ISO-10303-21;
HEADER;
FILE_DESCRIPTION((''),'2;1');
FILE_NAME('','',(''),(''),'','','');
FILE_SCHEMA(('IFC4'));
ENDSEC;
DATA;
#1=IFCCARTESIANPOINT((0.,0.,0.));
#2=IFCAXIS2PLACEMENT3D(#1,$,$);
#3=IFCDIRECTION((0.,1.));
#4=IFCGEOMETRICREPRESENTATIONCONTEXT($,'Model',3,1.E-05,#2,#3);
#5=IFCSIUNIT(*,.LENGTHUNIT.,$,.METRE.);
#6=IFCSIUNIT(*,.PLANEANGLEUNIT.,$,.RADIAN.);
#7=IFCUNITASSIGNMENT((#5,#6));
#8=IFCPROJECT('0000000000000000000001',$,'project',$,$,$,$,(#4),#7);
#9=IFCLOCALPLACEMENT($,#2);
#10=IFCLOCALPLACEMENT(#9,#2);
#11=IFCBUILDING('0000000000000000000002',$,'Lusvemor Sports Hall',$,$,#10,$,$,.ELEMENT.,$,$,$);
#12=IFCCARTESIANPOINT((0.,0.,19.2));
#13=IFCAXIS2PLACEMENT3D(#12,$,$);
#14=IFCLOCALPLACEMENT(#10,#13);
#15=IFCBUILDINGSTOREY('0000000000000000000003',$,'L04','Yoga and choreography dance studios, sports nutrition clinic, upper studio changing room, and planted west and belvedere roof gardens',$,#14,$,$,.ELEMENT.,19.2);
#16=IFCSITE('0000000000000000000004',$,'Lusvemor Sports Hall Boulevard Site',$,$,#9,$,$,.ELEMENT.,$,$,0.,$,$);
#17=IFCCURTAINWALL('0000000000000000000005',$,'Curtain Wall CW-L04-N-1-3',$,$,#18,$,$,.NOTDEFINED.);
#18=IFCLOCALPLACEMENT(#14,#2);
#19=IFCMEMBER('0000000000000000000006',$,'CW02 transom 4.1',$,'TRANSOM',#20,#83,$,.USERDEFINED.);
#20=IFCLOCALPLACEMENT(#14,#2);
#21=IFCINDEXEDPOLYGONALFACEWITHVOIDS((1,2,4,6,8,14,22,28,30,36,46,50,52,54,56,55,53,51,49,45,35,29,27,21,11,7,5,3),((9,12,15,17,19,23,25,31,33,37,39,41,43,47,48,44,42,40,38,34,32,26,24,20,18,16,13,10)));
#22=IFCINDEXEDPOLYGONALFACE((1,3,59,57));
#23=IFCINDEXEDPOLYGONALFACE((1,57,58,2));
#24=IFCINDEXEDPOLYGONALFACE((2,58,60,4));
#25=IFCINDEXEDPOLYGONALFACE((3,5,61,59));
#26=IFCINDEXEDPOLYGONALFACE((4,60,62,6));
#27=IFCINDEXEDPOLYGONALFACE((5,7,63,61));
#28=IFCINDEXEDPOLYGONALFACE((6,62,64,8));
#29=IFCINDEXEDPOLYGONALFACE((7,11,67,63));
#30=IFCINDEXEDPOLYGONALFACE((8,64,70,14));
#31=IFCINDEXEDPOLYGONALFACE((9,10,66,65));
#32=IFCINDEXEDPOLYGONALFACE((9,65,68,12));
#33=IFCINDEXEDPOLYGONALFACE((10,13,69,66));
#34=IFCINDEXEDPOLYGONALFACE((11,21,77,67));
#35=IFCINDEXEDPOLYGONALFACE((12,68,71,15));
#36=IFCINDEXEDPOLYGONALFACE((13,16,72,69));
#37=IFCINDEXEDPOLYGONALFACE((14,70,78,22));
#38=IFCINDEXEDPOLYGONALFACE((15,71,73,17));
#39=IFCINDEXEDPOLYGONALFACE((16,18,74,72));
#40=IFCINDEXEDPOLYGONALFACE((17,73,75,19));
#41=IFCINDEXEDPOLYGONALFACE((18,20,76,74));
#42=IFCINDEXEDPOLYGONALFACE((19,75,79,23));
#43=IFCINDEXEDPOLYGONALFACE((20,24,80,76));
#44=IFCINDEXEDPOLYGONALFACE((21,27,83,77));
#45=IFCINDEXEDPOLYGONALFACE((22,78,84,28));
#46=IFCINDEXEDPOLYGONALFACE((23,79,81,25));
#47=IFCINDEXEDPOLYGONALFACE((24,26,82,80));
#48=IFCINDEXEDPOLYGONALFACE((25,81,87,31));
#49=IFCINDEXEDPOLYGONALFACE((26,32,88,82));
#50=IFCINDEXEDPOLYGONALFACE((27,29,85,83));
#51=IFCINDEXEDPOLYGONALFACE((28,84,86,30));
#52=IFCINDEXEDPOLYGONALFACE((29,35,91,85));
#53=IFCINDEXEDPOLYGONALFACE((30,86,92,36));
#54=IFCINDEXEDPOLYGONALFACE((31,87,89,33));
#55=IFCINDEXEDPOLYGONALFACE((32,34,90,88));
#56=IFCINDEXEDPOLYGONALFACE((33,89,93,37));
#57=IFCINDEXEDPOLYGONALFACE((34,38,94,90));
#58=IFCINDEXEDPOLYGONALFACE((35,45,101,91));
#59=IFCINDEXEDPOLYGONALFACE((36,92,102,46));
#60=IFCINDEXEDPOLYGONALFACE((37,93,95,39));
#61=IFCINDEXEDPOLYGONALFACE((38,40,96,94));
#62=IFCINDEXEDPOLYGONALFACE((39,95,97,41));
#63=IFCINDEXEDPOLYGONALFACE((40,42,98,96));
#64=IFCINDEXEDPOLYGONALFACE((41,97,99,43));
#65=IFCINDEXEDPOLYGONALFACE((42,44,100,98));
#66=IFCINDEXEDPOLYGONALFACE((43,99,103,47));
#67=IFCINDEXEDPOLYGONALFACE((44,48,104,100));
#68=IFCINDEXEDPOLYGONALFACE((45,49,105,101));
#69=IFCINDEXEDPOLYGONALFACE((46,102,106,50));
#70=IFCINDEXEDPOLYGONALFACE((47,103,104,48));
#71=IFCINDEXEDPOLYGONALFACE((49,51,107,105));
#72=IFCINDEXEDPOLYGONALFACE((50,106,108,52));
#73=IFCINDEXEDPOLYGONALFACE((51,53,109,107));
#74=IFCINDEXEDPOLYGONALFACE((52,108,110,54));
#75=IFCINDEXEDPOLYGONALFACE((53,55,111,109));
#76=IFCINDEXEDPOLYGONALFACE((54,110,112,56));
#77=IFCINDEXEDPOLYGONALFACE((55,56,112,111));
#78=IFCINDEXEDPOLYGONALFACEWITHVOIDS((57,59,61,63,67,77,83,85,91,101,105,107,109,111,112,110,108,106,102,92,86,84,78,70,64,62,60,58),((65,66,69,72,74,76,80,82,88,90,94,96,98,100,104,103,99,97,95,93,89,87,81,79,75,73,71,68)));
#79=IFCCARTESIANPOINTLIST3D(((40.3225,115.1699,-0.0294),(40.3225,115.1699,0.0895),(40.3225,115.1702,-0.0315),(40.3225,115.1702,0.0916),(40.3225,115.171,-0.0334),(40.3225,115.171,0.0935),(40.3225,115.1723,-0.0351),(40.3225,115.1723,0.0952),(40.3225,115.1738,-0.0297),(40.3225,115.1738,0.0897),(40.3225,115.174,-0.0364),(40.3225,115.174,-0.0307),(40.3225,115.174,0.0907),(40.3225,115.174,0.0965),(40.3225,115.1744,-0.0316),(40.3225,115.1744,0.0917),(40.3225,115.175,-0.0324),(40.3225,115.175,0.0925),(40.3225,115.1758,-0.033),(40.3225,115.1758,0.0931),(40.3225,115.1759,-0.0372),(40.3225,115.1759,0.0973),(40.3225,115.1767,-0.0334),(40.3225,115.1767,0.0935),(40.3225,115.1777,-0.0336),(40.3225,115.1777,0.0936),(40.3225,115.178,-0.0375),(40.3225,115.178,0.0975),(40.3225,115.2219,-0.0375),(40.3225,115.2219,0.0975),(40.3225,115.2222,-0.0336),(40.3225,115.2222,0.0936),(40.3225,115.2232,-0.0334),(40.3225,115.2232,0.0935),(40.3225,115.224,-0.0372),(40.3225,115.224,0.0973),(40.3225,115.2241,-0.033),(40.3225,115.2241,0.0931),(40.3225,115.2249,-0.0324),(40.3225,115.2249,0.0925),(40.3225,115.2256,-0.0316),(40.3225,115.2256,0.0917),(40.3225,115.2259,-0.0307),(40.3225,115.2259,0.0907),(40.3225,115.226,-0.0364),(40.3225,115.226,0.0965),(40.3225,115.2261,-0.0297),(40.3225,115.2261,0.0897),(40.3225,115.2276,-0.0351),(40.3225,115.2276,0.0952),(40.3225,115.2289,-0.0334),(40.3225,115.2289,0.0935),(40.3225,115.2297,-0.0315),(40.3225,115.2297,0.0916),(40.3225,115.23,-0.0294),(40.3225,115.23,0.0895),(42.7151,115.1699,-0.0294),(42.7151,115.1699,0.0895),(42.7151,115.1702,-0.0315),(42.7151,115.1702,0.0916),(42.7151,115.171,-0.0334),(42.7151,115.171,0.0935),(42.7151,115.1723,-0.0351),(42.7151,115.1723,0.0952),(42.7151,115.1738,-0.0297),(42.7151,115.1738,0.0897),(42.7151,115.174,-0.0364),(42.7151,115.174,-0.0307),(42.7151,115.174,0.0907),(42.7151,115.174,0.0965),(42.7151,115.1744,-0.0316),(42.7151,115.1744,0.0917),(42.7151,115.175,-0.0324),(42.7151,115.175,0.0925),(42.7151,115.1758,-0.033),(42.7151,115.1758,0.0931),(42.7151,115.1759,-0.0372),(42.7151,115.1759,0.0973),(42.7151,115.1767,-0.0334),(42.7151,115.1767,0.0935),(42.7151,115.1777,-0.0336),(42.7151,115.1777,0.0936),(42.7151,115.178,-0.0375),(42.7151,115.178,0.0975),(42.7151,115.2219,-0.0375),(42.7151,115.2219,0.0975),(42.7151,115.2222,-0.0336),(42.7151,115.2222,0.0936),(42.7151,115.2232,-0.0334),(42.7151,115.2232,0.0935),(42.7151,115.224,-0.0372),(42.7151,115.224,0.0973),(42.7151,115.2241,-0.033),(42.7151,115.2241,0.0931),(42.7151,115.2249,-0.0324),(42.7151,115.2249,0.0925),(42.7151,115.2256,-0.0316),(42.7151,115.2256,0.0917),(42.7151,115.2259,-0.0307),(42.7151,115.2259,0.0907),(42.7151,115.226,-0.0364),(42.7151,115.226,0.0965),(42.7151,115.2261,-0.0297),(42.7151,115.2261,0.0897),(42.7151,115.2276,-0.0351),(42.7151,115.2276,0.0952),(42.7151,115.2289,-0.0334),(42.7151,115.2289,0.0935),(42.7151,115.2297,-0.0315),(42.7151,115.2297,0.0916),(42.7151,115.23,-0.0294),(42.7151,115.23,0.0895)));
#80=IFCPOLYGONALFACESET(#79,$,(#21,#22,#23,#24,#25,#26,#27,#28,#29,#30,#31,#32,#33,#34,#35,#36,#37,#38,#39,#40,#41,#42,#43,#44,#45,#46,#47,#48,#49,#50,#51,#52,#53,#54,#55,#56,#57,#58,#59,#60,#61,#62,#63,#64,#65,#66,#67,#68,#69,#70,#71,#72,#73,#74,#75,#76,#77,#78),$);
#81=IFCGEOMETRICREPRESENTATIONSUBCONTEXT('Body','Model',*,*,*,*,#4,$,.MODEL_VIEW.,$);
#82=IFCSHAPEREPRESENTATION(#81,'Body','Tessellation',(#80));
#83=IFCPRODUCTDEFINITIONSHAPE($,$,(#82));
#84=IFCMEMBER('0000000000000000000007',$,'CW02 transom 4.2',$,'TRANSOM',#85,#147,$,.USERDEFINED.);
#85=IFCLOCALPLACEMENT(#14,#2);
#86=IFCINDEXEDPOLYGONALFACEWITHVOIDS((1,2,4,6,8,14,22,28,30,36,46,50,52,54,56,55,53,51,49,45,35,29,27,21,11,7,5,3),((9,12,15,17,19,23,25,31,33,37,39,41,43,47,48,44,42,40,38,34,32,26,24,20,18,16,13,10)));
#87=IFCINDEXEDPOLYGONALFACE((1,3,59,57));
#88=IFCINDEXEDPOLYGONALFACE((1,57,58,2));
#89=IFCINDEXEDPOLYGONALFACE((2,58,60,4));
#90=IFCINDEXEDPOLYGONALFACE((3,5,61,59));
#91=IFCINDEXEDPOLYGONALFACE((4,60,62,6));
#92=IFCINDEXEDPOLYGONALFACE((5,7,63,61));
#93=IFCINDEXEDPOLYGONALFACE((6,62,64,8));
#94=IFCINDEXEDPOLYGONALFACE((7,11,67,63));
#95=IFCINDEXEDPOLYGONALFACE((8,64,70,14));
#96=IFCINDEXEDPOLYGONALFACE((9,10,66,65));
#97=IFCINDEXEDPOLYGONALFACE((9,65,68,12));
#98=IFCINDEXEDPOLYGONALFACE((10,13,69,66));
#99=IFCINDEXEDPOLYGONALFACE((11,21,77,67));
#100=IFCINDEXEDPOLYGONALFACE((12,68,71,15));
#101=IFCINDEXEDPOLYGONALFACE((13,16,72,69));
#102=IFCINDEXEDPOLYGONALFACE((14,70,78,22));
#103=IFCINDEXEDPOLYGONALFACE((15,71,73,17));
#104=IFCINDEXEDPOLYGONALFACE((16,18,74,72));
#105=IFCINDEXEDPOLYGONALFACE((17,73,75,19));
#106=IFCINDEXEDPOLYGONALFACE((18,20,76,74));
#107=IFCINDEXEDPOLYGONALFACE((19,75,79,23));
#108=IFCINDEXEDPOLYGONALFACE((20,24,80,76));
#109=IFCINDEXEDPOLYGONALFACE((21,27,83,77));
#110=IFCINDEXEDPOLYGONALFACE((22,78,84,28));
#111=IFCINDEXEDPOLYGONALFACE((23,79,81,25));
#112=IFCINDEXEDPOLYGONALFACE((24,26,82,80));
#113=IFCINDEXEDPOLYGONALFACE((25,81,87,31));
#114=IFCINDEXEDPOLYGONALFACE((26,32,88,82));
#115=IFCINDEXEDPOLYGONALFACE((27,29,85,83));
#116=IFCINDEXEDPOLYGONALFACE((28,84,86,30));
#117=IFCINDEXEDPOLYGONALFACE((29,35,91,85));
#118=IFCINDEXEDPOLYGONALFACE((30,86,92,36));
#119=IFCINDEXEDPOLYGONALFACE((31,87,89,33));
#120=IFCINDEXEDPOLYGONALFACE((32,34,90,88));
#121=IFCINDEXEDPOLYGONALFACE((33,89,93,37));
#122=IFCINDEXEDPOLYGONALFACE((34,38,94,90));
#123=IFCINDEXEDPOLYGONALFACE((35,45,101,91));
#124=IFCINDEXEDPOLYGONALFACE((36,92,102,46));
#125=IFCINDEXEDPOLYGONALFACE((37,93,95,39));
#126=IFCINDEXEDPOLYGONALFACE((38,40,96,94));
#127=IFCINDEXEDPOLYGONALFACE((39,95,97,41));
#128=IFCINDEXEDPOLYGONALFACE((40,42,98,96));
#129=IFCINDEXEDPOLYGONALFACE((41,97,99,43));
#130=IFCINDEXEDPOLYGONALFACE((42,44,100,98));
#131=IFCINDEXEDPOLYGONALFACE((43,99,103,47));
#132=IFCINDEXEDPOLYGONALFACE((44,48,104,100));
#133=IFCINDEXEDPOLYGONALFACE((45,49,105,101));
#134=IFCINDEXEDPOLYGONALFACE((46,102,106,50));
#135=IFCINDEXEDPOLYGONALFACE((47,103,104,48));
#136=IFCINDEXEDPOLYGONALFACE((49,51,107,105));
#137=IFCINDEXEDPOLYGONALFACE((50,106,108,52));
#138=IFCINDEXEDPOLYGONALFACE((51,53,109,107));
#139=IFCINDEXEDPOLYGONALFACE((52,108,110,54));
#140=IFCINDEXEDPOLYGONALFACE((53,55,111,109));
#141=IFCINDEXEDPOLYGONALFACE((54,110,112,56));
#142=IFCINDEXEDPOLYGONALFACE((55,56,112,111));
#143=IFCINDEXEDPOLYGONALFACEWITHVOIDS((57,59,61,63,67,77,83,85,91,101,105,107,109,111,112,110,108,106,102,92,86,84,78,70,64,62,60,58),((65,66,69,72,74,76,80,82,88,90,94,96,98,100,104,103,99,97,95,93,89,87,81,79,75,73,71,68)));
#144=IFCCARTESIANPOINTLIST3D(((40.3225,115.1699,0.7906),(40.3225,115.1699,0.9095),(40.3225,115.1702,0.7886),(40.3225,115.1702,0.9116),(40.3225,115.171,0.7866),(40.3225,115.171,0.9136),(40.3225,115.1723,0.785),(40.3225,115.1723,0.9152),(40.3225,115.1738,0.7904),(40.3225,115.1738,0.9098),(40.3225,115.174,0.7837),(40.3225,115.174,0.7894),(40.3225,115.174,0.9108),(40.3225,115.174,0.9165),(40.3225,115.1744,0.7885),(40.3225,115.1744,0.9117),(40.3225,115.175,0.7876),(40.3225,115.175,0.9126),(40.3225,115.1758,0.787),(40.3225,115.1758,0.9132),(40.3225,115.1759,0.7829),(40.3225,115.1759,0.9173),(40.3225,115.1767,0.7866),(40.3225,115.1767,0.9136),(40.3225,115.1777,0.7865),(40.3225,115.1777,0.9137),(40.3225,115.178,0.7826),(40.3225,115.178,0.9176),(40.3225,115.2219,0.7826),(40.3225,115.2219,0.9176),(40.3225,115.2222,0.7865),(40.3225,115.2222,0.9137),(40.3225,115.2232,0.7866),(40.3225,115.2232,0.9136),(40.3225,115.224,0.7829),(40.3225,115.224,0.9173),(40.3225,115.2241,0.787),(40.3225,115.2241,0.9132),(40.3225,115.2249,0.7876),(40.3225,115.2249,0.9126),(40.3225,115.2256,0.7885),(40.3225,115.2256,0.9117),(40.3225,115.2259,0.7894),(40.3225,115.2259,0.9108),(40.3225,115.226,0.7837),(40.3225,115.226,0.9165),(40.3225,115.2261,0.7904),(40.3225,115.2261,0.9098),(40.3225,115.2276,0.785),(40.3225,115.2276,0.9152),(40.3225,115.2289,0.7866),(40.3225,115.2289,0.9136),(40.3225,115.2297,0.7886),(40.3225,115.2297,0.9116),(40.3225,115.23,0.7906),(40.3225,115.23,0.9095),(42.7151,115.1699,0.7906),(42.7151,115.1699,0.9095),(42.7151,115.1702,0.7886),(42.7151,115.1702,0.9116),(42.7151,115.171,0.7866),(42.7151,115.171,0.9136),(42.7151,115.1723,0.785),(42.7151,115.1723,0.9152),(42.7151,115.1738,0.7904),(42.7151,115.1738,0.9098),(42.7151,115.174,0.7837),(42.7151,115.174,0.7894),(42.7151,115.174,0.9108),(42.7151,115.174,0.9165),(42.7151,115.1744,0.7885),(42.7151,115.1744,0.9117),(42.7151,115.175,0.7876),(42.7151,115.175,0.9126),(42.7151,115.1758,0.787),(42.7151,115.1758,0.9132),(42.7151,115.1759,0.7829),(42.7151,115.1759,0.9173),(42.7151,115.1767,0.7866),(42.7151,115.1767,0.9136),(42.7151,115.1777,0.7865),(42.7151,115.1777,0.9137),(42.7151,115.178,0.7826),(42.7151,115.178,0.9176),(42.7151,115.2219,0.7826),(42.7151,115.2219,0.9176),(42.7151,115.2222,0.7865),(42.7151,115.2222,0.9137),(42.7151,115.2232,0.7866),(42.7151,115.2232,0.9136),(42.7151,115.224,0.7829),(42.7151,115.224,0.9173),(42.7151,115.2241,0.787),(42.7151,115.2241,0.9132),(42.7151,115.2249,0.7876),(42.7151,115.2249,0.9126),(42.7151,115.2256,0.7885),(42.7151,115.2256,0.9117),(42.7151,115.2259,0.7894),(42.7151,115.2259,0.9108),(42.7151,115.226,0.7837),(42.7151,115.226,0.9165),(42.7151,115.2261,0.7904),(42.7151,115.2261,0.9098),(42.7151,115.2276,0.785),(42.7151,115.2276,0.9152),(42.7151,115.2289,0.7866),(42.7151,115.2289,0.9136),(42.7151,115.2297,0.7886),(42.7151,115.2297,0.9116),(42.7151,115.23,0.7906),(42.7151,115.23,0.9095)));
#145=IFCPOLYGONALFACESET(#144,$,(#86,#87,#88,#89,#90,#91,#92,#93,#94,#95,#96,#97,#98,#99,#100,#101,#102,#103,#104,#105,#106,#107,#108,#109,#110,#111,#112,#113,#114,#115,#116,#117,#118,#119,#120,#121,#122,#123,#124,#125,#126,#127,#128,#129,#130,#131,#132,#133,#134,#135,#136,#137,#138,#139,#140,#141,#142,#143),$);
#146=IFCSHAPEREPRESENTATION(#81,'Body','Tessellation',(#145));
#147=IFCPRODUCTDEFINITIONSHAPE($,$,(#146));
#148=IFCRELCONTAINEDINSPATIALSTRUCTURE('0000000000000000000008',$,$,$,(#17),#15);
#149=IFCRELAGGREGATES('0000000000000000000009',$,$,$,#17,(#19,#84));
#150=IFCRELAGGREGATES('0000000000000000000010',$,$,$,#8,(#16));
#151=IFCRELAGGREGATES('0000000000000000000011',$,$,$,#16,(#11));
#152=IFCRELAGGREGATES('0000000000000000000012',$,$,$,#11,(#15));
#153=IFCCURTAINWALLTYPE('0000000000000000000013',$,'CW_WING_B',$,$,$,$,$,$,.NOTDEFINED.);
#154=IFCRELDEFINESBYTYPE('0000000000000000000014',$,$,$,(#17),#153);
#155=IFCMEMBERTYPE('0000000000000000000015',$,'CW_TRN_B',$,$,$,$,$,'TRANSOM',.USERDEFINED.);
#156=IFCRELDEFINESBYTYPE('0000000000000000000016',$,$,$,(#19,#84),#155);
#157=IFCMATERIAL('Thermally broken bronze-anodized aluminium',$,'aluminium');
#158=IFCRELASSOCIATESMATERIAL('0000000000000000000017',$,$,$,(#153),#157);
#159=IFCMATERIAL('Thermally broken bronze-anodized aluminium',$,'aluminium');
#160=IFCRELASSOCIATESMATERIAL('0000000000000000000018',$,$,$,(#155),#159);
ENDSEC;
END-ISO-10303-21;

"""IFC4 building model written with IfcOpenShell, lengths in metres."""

from ifc_helpers import new_model, si_unit, direction, frame, origin, origin_2d, place, context, subcontext, project, spatial, hollow_rectangle, extrude, material, material_profile, profile_set, type_object, element, aggregate, save


model = new_model("IFC4")

# Units and contexts
model_context = context("Model", 3, precision=1e-05, world=origin(), true_north=direction((0.0, 1.0)))
body_context = subcontext(model_context, "Body", "Model", "MODEL_VIEW")
ifc_project = project(units=[si_unit("LENGTHUNIT", "METRE"), si_unit("PLANEANGLEUNIT", "RADIAN")], contexts=[model_context])

# Site, building, storey
site_placement = place(None, origin())
site = spatial("IfcSite", under=ifc_project, at=site_placement, Name="Lusvemor Sports Hall Boulevard Site", CompositionType="ELEMENT", RefElevation=0.0)
building_placement = place(site_placement, origin())
building = spatial("IfcBuilding", under=site, at=building_placement, Name="Lusvemor Sports Hall", CompositionType="ELEMENT")
storey_placement = place(building_placement, frame((0.0, 0.0, 19.2)))
storey = spatial("IfcBuildingStorey", under=building, at=storey_placement, Name="L04", Description="Yoga and choreography dance studios, sports nutrition clinic, upper studio changing room, and planted west and belvedere roof gardens", CompositionType="ELEMENT", Elevation=19.2)

# Curtain wall, members
ifc_material_1 = material(Name="Thermally broken bronze-anodized aluminium", Category="aluminium")
curtain_wall_type_1 = type_object("IfcCurtainWallType", Name="CW_WING_B", PredefinedType="NOTDEFINED", material=ifc_material_1)
curtain_wall_1_placement = place(storey_placement, origin())
curtain_wall_1 = element("IfcCurtainWall", 1, at=curtain_wall_1_placement, inside=storey, type_object=curtain_wall_type_1, Name="Curtain Wall CW-L04-N-1-3", PredefinedType="NOTDEFINED")
ifc_material_2 = material(Name="Thermally broken bronze-anodized aluminium", Category="aluminium")
ifc_material_profile_1 = material_profile(ifc_material_2, hollow_rectangle(XDim=0.0601, YDim=0.135, WallThickness=0.0039, InnerFilletRadius=0.0039, OuterFilletRadius=0.0081, at=origin_2d()), Name="CWTRN135x60x4")
ifc_profile_set_1 = profile_set([ifc_material_profile_1], Name="Thermally broken bronze-anodized aluminium")
member_type_1 = type_object("IfcMemberType", Name="CW_TRN_B", ElementType="TRANSOM", PredefinedType="USERDEFINED", material=ifc_profile_set_1)
member_1_placement = place(storey_placement, frame((40.3225, 115.2, 0.03), z_axis=(1.0, 0.0, 0.0), x_axis=(0.0, 1.0, 0.0)))
member_1 = element("IfcMember", 2, at=member_1_placement, type_object=member_type_1, Name="CW02 transom 4.1", ObjectType="TRANSOM", PredefinedType="USERDEFINED", context=body_context, shape_type="SweptSolid", body=[
    extrude(hollow_rectangle(XDim=0.0601, YDim=0.135, WallThickness=0.0039, InnerFilletRadius=0.0039, OuterFilletRadius=0.0081, at=origin_2d()), origin(), (0.0, 0.0, 1.0), 2.3926),
])
member_2_placement = place(storey_placement, frame((40.3225, 115.2, 0.8501), z_axis=(1.0, 0.0, 0.0), x_axis=(0.0, 1.0, 0.0)))
member_2 = element("IfcMember", 3, at=member_2_placement, type_object=member_type_1, Name="CW02 transom 4.2", ObjectType="TRANSOM", PredefinedType="USERDEFINED", context=body_context, shape_type="SweptSolid", body=[
    extrude(hollow_rectangle(XDim=0.0601, YDim=0.135, WallThickness=0.0039, InnerFilletRadius=0.0039, OuterFilletRadius=0.0081, at=origin_2d()), origin(), (0.0, 0.0, 1.0), 2.3926),
])

aggregate(curtain_wall_1, [member_1, member_2])

save(model, "model.ifc")
